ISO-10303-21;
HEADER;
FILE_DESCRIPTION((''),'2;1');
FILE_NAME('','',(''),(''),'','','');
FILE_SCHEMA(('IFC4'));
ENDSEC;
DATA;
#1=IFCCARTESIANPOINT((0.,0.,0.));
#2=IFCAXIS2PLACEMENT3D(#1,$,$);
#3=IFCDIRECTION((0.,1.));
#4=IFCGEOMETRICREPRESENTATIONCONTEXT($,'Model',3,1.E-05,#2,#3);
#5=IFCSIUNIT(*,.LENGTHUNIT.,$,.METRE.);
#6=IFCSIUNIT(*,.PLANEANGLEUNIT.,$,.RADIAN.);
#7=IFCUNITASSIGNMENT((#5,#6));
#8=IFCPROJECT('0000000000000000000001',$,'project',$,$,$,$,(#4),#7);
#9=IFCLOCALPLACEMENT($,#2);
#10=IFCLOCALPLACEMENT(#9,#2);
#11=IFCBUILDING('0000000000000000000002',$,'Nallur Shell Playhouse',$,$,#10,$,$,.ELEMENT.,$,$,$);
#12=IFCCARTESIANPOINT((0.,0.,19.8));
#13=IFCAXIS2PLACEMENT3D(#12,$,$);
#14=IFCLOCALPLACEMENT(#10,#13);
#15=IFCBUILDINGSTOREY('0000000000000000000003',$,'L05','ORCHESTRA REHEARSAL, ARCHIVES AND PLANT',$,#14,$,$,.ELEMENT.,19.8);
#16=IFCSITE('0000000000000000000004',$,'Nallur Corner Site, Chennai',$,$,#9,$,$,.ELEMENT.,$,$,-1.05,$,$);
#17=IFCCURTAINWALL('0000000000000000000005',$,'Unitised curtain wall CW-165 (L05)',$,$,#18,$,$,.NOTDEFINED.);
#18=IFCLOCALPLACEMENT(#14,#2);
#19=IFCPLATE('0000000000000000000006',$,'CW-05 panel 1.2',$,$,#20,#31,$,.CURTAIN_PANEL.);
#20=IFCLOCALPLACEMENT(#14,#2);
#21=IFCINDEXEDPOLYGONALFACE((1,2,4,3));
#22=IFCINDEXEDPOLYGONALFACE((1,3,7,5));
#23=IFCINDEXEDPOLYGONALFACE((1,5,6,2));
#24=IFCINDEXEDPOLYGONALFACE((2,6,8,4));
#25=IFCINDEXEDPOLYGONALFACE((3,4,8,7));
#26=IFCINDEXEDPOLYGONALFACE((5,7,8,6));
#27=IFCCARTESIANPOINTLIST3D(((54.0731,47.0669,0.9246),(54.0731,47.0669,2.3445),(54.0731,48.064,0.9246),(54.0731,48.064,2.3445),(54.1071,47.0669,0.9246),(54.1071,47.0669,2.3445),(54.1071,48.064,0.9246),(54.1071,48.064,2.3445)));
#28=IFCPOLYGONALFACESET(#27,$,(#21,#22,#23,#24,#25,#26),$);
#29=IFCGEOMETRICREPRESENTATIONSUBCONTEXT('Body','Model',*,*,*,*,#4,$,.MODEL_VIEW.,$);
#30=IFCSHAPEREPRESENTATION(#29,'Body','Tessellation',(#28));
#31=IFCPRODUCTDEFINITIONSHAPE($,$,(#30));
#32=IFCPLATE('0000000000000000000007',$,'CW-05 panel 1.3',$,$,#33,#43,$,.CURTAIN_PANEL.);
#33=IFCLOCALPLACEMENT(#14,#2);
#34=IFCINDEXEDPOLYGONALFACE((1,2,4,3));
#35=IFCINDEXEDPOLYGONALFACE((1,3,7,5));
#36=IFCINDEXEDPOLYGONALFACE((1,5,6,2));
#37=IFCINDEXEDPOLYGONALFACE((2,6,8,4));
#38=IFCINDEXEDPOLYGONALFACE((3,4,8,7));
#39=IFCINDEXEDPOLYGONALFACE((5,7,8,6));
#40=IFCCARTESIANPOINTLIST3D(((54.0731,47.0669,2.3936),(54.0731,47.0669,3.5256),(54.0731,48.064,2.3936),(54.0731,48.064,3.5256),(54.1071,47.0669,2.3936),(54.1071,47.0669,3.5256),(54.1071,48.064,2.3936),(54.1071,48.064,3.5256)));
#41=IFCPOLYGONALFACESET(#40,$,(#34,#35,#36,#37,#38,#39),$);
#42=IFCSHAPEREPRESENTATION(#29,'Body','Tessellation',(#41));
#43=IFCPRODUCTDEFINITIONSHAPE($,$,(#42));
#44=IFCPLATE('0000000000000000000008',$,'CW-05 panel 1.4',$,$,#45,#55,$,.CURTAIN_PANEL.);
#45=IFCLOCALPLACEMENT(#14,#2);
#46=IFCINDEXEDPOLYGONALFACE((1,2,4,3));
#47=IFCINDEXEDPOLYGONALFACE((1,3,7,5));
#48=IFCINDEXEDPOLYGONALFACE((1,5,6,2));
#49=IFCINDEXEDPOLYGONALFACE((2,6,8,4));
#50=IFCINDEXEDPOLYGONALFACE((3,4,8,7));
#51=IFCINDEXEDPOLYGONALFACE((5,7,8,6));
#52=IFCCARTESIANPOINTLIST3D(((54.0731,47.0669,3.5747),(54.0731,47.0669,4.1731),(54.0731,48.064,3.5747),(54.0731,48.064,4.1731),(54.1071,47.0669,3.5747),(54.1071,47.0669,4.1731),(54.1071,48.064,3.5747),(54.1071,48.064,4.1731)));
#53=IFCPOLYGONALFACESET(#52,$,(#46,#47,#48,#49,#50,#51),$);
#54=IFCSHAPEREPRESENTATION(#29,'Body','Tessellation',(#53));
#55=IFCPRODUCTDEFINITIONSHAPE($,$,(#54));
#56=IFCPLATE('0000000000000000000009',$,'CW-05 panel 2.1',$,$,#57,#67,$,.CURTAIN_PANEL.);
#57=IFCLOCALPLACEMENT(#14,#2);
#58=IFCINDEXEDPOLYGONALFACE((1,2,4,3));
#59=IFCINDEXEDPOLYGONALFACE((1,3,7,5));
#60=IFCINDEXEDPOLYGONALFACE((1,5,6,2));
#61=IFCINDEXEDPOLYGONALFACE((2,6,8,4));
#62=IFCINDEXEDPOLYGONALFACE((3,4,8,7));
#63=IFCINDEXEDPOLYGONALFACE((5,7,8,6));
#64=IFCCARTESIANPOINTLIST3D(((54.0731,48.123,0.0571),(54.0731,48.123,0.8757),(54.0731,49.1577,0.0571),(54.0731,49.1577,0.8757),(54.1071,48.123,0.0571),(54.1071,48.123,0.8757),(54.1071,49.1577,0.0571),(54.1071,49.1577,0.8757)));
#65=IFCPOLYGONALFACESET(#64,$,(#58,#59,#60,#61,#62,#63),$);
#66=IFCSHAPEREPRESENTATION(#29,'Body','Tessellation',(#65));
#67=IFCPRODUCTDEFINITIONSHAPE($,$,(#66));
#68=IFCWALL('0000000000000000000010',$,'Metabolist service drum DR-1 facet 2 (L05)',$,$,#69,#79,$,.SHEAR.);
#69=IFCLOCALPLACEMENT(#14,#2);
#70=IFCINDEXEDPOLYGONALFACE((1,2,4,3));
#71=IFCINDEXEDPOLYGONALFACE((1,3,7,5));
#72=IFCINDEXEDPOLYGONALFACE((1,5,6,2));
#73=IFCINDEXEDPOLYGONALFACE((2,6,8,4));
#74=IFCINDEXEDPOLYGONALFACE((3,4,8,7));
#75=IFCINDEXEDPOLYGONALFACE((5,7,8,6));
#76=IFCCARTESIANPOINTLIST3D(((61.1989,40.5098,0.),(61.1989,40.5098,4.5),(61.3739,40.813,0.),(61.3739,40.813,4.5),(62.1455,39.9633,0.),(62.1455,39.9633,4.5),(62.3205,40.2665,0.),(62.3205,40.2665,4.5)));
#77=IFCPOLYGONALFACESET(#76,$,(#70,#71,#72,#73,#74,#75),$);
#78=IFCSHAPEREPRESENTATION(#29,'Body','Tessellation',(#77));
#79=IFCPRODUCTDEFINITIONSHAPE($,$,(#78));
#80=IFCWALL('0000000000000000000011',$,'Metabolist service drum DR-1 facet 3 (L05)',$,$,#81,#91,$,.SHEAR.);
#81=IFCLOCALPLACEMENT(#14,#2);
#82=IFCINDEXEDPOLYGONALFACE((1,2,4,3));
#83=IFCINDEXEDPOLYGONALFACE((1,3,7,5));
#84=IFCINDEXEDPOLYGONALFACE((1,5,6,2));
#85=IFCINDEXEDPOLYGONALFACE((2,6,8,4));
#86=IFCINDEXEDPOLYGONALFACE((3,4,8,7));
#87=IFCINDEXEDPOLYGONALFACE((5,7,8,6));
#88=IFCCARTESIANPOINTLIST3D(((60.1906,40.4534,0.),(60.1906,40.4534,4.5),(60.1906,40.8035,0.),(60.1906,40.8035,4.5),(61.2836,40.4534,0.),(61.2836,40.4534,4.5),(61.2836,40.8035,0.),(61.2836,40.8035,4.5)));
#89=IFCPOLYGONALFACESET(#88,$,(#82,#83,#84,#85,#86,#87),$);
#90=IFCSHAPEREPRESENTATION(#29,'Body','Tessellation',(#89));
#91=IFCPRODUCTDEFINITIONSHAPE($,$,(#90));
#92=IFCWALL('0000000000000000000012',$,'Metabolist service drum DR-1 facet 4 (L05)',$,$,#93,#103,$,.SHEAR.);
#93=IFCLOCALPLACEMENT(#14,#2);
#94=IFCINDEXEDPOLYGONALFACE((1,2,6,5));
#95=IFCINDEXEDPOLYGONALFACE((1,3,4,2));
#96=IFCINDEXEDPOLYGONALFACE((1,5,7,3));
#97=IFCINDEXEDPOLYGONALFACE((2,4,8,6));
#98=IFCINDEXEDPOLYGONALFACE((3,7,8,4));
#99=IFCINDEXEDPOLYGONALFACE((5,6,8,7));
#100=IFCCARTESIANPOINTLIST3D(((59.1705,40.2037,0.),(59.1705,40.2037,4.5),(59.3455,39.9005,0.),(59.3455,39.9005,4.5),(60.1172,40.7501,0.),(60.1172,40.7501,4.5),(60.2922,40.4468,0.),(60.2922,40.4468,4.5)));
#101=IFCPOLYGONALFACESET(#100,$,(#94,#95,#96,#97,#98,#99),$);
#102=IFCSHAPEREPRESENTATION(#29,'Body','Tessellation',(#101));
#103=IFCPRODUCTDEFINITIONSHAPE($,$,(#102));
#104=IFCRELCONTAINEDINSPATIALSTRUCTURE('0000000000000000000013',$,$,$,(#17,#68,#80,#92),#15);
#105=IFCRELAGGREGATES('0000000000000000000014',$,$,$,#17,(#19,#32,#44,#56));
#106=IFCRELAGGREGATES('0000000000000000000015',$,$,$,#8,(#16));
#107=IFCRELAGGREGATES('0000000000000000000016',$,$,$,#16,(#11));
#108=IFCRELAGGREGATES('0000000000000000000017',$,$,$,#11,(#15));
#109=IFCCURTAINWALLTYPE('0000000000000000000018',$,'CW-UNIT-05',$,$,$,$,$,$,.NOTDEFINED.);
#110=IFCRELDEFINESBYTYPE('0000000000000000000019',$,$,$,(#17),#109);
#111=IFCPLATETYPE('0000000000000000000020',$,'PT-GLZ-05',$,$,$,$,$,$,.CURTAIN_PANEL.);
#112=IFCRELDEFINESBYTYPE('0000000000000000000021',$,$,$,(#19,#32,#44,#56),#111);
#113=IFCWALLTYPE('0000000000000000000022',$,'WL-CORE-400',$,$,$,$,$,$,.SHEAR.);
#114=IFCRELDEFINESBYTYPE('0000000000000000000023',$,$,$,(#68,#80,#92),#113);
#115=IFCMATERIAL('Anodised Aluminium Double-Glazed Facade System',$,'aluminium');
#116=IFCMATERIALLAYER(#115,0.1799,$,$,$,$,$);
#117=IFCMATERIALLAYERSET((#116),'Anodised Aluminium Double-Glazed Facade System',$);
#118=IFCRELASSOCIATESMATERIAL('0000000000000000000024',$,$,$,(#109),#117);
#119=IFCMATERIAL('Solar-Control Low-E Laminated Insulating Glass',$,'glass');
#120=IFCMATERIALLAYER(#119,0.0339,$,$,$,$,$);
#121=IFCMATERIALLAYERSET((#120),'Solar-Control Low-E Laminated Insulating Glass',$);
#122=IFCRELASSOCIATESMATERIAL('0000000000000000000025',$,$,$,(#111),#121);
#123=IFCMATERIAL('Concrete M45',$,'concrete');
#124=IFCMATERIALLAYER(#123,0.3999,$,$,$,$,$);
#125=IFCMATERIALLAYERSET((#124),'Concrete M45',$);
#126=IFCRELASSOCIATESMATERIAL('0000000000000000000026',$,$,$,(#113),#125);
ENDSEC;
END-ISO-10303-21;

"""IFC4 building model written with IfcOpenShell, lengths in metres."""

from ifc_helpers import new_model, si_unit, direction, frame, frame_2d, origin, origin_2d, place, context, subcontext, project, spatial, rectangle, extrude, material, layer, layer_set, type_object, element, aggregate, save


model = new_model("IFC4")

# Units and contexts
model_context = context("Model", 3, precision=1e-05, world=origin(), true_north=direction((0.0, 1.0)))
body_context = subcontext(model_context, "Body", "Model", "MODEL_VIEW")
ifc_project = project(units=[si_unit("LENGTHUNIT", "METRE"), si_unit("PLANEANGLEUNIT", "RADIAN")], contexts=[model_context])

# Site, building, storey
site_placement = place(None, origin())
site = spatial("IfcSite", under=ifc_project, at=site_placement, Name="Nallur Corner Site, Chennai", CompositionType="ELEMENT", RefElevation=-1.05)
building_placement = place(site_placement, origin())
building = spatial("IfcBuilding", under=site, at=building_placement, Name="Nallur Shell Playhouse", CompositionType="ELEMENT")
storey_placement = place(building_placement, frame((0.0, 0.0, 19.8)))
storey = spatial("IfcBuildingStorey", under=building, at=storey_placement, Name="L05", Description="ORCHESTRA REHEARSAL, ARCHIVES AND PLANT", CompositionType="ELEMENT", Elevation=19.8)

# Curtain wall, plates
ifc_material_1 = material(Name="Anodised Aluminium Double-Glazed Facade System", Category="aluminium")
ifc_layer_1 = layer(ifc_material_1, 0.1799)
ifc_layer_set_1 = layer_set([ifc_layer_1], Name="Anodised Aluminium Double-Glazed Facade System")
curtain_wall_type = type_object("IfcCurtainWallType", Name="CW-UNIT-05", PredefinedType="NOTDEFINED", material=ifc_layer_set_1)
curtain_wall_placement = place(storey_placement, origin())
curtain_wall = element("IfcCurtainWall", 1, at=curtain_wall_placement, inside=storey, type_object=curtain_wall_type, Name="Unitised curtain wall CW-165 (L05)", PredefinedType="NOTDEFINED")
ifc_material_2 = material(Name="Solar-Control Low-E Laminated Insulating Glass", Category="glass")
ifc_layer_2 = layer(ifc_material_2, 0.0339)
ifc_layer_set_2 = layer_set([ifc_layer_2], Name="Solar-Control Low-E Laminated Insulating Glass")
plate_type = type_object("IfcPlateType", Name="PT-GLZ-05", PredefinedType="CURTAIN_PANEL", material=ifc_layer_set_2)
plate_1_placement = place(storey_placement, frame((54.0901, 47.5654, 0.9246), z_axis=(0.0, 0.0, 1.0), x_axis=(0.0, 1.0, 0.0)))
plate_1 = element("IfcPlate", 2, at=plate_1_placement, type_object=plate_type, Name="CW-05 panel 1.2", PredefinedType="CURTAIN_PANEL", context=body_context, shape_type="SweptSolid", body=[
    extrude(rectangle(XDim=0.9971, YDim=0.0339, at=origin_2d()), origin(), (0.0, 0.0, 1.0), 1.4199),
])
plate_2_placement = place(storey_placement, frame((54.0901, 47.5654, 2.3936), z_axis=(0.0, 0.0, 1.0), x_axis=(0.0, 1.0, 0.0)))
plate_2 = element("IfcPlate", 3, at=plate_2_placement, type_object=plate_type, Name="CW-05 panel 1.3", PredefinedType="CURTAIN_PANEL", context=body_context, shape_type="SweptSolid", body=[
    extrude(rectangle(XDim=0.9971, YDim=0.0339, at=origin_2d()), origin(), (0.0, 0.0, 1.0), 1.1321),
])
plate_3_placement = place(storey_placement, frame((54.0901, 47.5654, 3.5747), z_axis=(0.0, 0.0, 1.0), x_axis=(0.0, 1.0, 0.0)))
plate_3 = element("IfcPlate", 4, at=plate_3_placement, type_object=plate_type, Name="CW-05 panel 1.4", PredefinedType="CURTAIN_PANEL", context=body_context, shape_type="SweptSolid", body=[
    extrude(rectangle(XDim=0.9971, YDim=0.0339, at=origin_2d()), origin(), (0.0, 0.0, 1.0), 0.5984),
])
plate_4_placement = place(storey_placement, frame((54.0901, 48.6404, 0.0571), z_axis=(0.0, 0.0, 1.0), x_axis=(0.0, 1.0, 0.0)))
plate_4 = element("IfcPlate", 5, at=plate_4_placement, type_object=plate_type, Name="CW-05 panel 2.1", PredefinedType="CURTAIN_PANEL", context=body_context, shape_type="SweptSolid", body=[
    extrude(rectangle(XDim=1.0347, YDim=0.0339, at=origin_2d()), origin(), (0.0, 0.0, 1.0), 0.8186),
])
aggregate(curtain_wall, [plate_1, plate_2, plate_3, plate_4])

# Walls
ifc_material_3 = material(Name="Concrete M45", Category="concrete")
ifc_layer_3 = layer(ifc_material_3, 0.3999)
ifc_layer_set_3 = layer_set([ifc_layer_3], Name="Concrete M45")
wall_type = type_object("IfcWallType", Name="WL-CORE-400", PredefinedType="SHEAR", material=ifc_layer_set_3)
for number, where, z_axis, x_axis, name in (
    (6, (62.2329, 40.115, 0.0), (0.0, 0.0, 1.0), (-0.866063, 0.499935, 0.0), "Metabolist service drum DR-1 facet 2 (L05)"),
    (7, (61.2834, 40.6284, 0.0), (0.0, 0.0, 1.0), (-1.0, 0.0, 0.0), "Metabolist service drum DR-1 facet 3 (L05)"),
    (8, (60.2046, 40.5984, 0.0), (0.0, 0.0, 1.0), (-0.866119, -0.499838, 0.0), "Metabolist service drum DR-1 facet 4 (L05)"),
):
    element("IfcWall", number, at=place(storey_placement, frame(where, z_axis=z_axis, x_axis=x_axis)), inside=storey, type_object=wall_type, Name=name, PredefinedType="SHEAR", context=body_context, shape_type="SweptSolid", body=[
        extrude(rectangle(XDim=1.093, YDim=0.3501, at=frame_2d((0.5464, 0.0))), origin(), (0.0, 0.0, 1.0), 4.5),
    ])

save(model, "model.ifc")
